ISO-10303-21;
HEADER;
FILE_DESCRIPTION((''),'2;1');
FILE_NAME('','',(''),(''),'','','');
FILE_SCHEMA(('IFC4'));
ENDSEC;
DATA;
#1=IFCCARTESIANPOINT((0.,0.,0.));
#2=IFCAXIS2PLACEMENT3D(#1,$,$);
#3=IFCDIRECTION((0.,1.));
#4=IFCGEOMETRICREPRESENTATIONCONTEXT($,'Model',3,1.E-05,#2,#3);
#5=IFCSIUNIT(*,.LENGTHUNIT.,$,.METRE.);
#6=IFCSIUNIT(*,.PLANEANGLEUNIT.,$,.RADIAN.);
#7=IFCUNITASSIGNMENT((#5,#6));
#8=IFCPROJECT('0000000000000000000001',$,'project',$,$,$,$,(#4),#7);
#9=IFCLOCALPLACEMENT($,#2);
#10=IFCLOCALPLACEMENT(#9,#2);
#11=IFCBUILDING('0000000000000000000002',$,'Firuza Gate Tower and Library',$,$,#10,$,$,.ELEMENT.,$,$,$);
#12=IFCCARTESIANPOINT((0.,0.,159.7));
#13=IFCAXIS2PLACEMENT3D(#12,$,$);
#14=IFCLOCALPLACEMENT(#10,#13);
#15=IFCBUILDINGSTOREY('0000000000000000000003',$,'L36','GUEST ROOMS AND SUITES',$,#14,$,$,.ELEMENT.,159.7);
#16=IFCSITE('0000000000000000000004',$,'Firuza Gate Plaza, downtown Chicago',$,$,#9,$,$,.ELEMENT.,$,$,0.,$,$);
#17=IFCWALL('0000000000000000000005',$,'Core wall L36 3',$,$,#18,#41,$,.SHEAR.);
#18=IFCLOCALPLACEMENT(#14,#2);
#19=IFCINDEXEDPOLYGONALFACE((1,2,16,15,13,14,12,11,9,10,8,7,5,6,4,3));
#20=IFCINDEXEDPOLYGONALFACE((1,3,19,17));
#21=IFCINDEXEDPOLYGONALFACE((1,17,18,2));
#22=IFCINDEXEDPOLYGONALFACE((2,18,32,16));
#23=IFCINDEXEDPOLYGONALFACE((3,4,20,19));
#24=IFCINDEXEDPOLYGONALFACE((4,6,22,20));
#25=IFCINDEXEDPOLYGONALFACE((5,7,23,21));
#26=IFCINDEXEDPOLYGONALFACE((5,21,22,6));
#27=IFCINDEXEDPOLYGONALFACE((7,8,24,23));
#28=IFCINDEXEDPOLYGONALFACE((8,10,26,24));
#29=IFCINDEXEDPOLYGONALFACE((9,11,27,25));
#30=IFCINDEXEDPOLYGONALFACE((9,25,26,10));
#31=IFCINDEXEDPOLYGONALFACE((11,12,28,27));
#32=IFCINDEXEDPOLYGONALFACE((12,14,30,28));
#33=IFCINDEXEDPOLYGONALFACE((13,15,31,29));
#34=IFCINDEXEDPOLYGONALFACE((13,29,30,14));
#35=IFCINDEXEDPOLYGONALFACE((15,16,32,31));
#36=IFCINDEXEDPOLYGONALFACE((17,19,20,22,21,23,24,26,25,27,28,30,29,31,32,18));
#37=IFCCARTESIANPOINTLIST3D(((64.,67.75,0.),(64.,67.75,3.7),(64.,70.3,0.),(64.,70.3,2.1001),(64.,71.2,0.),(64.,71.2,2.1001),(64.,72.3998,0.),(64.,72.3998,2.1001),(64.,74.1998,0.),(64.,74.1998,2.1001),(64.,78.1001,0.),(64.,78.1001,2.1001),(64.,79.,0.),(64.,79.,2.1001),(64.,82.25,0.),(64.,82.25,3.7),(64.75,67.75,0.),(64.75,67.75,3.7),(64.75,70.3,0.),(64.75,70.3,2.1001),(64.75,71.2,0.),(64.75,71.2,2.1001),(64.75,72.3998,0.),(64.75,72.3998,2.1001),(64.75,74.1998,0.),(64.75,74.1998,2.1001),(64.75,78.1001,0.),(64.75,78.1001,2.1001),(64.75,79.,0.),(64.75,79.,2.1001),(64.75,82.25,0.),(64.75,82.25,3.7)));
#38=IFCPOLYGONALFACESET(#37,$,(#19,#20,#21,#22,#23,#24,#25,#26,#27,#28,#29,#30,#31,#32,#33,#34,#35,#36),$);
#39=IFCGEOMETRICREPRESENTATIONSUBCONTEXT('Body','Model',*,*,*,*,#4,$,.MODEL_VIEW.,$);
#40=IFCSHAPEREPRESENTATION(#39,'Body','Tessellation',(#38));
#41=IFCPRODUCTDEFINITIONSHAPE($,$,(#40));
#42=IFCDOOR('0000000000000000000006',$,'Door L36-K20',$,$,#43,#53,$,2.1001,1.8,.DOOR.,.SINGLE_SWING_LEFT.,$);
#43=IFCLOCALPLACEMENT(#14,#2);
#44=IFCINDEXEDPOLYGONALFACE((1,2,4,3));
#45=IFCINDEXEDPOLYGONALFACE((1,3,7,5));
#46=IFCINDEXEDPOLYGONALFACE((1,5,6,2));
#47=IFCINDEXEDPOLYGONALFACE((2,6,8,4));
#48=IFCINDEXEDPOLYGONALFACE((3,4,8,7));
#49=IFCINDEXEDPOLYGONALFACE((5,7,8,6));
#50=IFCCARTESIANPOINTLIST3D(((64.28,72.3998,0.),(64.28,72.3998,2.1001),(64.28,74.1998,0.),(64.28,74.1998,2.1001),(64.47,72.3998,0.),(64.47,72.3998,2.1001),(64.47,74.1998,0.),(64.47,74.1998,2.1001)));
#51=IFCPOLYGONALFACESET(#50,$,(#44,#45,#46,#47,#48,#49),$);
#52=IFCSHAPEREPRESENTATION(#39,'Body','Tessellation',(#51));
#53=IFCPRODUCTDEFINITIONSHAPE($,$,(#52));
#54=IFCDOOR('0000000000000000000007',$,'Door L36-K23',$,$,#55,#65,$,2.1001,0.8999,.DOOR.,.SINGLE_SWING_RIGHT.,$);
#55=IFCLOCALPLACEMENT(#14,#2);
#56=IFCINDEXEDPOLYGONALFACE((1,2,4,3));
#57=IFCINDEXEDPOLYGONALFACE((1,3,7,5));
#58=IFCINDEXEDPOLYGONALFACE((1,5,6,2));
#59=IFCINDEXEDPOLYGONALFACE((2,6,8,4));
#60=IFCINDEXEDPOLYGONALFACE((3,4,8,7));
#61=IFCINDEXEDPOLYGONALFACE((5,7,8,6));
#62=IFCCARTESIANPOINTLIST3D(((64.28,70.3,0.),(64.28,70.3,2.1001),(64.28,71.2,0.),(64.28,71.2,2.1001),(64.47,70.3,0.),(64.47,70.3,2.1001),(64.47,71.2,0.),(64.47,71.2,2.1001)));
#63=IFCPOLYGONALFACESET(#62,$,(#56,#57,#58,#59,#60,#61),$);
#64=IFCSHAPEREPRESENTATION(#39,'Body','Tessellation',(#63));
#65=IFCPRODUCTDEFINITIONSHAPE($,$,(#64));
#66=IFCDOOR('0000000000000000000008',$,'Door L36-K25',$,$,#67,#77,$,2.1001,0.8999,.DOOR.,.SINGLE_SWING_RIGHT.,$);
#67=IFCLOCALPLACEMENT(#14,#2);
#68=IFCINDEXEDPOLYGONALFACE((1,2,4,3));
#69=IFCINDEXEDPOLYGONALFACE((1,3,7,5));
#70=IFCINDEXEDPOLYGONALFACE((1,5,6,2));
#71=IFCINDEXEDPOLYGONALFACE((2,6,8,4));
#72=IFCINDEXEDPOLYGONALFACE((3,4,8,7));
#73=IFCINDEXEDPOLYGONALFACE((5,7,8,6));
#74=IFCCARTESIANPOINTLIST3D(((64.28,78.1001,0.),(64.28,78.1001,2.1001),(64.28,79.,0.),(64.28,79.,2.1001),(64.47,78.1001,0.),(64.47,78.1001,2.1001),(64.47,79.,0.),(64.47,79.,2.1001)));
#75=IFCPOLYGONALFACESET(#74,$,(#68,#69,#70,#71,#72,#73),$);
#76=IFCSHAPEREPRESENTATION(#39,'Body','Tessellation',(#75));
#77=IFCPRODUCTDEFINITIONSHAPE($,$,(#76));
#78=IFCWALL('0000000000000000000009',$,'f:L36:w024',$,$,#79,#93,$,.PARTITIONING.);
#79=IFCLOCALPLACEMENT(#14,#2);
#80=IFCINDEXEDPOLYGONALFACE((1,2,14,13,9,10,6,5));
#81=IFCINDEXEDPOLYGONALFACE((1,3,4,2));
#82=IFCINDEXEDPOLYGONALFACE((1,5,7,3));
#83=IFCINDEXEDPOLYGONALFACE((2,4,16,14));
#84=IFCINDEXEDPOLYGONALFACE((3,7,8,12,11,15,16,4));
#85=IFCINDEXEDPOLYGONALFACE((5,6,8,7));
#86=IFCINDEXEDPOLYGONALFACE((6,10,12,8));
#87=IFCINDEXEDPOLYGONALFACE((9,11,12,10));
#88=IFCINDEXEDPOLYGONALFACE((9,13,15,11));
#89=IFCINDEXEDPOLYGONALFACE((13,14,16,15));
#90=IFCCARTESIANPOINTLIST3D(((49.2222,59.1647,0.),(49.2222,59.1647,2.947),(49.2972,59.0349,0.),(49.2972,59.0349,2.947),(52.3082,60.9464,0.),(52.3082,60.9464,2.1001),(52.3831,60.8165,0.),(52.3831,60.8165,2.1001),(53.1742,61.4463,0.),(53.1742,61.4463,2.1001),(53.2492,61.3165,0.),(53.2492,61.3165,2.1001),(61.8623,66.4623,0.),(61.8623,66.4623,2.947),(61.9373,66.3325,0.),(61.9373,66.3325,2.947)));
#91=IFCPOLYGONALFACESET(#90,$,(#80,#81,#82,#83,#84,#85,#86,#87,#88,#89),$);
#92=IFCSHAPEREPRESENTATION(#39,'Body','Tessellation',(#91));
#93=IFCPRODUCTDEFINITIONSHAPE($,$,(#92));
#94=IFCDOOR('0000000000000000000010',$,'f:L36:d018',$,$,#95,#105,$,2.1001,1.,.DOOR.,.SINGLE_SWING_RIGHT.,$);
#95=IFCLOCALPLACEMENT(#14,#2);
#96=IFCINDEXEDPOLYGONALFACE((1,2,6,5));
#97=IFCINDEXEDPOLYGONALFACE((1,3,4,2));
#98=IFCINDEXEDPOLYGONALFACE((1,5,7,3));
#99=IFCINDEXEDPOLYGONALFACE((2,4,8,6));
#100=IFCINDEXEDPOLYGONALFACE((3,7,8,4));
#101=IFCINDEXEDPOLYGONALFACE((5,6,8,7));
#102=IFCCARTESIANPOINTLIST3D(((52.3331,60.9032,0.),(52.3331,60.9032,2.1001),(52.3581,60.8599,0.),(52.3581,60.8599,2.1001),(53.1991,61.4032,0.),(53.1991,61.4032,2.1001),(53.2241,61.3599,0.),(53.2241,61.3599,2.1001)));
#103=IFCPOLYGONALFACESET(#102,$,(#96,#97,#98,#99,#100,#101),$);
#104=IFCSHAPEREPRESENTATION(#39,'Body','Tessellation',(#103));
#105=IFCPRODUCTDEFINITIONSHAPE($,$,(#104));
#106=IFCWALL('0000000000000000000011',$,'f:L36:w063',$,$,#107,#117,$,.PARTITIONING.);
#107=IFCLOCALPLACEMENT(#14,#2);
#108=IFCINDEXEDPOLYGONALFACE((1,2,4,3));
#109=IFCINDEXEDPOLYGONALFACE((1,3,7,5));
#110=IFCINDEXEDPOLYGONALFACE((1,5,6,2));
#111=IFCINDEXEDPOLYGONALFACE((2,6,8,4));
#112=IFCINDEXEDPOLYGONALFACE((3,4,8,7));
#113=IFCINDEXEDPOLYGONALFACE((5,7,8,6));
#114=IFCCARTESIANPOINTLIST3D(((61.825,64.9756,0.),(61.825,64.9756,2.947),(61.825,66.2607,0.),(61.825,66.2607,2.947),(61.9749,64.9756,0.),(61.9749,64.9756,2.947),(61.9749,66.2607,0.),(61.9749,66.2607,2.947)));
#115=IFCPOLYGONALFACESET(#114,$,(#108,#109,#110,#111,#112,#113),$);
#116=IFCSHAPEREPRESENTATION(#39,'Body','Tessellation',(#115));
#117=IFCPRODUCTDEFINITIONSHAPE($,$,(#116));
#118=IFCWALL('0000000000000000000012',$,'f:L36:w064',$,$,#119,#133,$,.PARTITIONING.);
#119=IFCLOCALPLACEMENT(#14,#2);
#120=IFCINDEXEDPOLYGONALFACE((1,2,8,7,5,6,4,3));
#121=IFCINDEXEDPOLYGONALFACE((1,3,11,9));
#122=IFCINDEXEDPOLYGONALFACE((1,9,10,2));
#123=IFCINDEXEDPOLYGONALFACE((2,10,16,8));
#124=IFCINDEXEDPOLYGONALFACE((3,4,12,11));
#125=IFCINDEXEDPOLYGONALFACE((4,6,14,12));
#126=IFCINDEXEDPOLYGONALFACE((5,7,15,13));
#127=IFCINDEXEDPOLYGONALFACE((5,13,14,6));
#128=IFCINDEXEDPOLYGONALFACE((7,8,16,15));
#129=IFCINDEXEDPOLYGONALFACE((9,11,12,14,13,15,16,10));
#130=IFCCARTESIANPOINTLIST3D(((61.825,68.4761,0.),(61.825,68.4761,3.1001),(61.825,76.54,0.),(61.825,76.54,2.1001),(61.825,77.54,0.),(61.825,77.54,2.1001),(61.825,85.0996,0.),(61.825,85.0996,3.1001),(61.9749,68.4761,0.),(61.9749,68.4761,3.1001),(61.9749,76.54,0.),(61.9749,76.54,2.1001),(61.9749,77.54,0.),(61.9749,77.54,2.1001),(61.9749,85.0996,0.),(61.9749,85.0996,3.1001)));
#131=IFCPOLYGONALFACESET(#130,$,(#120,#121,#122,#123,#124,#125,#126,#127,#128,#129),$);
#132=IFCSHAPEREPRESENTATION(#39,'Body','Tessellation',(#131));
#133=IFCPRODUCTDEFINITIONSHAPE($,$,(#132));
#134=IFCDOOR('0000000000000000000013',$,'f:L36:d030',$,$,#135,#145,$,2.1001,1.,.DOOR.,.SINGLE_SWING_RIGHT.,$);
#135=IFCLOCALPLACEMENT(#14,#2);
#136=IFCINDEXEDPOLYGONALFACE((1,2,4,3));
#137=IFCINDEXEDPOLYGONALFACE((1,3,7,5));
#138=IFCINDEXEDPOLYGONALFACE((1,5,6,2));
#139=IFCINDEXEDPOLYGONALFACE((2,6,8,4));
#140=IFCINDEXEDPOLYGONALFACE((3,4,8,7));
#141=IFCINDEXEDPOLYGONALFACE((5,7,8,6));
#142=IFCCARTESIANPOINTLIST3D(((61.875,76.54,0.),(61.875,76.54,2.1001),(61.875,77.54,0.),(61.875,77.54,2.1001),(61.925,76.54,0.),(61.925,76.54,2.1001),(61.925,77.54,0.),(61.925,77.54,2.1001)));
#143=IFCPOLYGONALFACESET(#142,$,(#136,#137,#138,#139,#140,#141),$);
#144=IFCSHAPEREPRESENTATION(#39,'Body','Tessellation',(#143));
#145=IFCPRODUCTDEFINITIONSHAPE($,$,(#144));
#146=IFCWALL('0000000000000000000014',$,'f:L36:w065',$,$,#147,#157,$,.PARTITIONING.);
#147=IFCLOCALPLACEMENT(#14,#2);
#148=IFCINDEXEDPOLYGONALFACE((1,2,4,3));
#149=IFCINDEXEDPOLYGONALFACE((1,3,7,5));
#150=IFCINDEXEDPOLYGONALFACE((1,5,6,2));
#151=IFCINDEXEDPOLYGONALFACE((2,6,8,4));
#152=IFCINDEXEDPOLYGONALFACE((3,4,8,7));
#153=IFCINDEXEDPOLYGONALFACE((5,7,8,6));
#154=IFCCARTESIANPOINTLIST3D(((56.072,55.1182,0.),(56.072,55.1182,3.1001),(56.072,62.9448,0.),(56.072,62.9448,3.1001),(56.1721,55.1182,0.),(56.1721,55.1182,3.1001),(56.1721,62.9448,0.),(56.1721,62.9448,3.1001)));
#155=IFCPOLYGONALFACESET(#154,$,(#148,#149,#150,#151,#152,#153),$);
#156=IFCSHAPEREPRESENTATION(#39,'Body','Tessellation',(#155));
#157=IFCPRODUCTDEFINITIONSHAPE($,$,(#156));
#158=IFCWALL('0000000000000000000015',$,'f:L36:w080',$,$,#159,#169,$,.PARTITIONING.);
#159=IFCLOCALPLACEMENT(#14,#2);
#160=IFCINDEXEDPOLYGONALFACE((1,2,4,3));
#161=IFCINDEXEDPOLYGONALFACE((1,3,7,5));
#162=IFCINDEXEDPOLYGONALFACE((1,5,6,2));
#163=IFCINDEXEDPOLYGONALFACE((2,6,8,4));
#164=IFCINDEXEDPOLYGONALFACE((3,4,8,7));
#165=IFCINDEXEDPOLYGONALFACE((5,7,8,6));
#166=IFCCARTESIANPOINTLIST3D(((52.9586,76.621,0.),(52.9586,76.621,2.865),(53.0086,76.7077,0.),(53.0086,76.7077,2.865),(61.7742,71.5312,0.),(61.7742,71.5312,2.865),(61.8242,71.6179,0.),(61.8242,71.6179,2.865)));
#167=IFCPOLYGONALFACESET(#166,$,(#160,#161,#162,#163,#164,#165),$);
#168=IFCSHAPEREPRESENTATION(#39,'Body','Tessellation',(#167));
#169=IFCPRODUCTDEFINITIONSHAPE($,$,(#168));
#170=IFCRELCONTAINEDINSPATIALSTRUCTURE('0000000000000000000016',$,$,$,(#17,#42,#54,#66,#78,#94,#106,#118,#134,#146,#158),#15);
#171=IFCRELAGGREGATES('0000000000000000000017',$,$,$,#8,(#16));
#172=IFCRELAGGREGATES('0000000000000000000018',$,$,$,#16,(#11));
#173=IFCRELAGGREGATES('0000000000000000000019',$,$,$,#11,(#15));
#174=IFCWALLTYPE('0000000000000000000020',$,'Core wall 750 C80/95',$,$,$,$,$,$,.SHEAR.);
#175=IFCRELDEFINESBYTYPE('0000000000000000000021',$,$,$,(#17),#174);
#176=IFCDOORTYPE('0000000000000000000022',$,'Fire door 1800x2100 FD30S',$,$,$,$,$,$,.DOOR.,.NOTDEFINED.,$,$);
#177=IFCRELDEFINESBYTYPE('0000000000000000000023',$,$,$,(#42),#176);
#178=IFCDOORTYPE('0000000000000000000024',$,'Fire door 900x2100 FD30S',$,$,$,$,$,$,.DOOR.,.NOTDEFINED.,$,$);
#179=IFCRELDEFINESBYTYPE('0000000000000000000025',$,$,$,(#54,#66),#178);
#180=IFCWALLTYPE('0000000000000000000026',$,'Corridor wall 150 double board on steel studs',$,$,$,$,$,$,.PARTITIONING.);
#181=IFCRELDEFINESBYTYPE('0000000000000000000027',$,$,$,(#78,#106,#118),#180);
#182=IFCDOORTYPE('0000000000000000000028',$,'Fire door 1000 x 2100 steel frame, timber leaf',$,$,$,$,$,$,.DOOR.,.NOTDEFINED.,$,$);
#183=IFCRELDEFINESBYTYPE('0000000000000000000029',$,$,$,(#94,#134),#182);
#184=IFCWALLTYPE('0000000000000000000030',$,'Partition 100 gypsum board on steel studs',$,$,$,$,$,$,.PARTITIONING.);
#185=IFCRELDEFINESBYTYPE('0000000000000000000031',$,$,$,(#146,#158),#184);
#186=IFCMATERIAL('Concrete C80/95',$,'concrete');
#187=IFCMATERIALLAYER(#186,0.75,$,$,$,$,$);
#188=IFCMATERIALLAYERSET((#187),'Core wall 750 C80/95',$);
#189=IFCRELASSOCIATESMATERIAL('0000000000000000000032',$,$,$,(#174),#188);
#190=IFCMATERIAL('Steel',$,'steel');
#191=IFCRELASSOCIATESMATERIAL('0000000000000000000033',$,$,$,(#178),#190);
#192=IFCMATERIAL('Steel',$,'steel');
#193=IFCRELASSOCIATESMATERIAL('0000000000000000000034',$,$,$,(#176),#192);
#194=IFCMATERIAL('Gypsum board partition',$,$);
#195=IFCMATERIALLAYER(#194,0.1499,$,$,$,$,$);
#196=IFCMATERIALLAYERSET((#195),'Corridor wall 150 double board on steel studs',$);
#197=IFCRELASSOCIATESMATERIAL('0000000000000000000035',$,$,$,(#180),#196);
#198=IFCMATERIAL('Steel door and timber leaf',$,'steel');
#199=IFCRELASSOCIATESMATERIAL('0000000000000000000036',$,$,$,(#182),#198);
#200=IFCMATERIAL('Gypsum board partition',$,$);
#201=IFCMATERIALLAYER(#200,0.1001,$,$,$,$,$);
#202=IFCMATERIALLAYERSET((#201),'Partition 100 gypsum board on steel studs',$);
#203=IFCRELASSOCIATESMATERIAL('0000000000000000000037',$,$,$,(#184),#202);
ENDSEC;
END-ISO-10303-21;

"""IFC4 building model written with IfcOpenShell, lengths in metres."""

from ifc_helpers import new_model, si_unit, direction, frame, frame_2d, origin, place, context, subcontext, project, spatial, rectangle, extrude, material, layer, layer_set, type_object, element, fill, save


model = new_model("IFC4")

# Units and contexts
model_context = context("Model", 3, precision=1e-05, world=origin(), true_north=direction((0.0, 1.0)))
body_context = subcontext(model_context, "Body", "Model", "MODEL_VIEW")
ifc_project = project(units=[si_unit("LENGTHUNIT", "METRE"), si_unit("PLANEANGLEUNIT", "RADIAN")], contexts=[model_context])

# Site, building, storey
site_placement = place(None, origin())
site = spatial("IfcSite", under=ifc_project, at=site_placement, Name="Firuza Gate Plaza, downtown Chicago", CompositionType="ELEMENT", RefElevation=0.0)
building_placement = place(site_placement, origin())
building = spatial("IfcBuilding", under=site, at=building_placement, Name="Firuza Gate Tower and Library", CompositionType="ELEMENT")
storey_placement = place(building_placement, frame((0.0, 0.0, 159.7)))
storey = spatial("IfcBuildingStorey", under=building, at=storey_placement, Name="L36", Description="GUEST ROOMS AND SUITES", CompositionType="ELEMENT", Elevation=159.7)

# Wall, openings, doors
ifc_material_1 = material(Name="Concrete C80/95", Category="concrete")
ifc_layer_1 = layer(ifc_material_1, 0.75)
ifc_layer_set_1 = layer_set([ifc_layer_1], Name="Core wall 750 C80/95")
wall_type_1 = type_object("IfcWallType", Name="Core wall 750 C80/95", PredefinedType="SHEAR", material=ifc_layer_set_1)
ifc_material_2 = material(Name="Steel", Category="steel")
door_type_1 = type_object("IfcDoorType", Name="Fire door 900x2100 FD30S", OperationType="NOTDEFINED", PredefinedType="DOOR", material=ifc_material_2)
wall_1_placement = place(storey_placement, frame((64.375, 67.75, 0.0), z_axis=(0.0, 0.0, 1.0), x_axis=(0.0, 1.0, 0.0)))
wall_1 = element("IfcWall", 1, at=wall_1_placement, inside=storey, type_object=wall_type_1, Name="Core wall L36 3", PredefinedType="SHEAR", context=body_context, shape_type="SweptSolid", body=[
    extrude(rectangle(XDim=14.5, YDim=0.75, at=frame_2d((7.25, 0.0))), origin(), (0.0, 0.0, 1.0), 3.7),
])
opening_1_placement = place(wall_1_placement, frame((4.6499, 0.0, 0.0)))
opening_1 = element("IfcOpeningElement", 2, at=opening_1_placement, cuts=wall_1, PredefinedType="OPENING", context=body_context, shape_type="SweptSolid", body=[
    extrude(rectangle(XDim=1.8, YDim=2.1001, at=frame_2d((0.8999, 1.05))), frame((0.0, 0.385, 0.0), z_axis=(0.0, -1.0, 0.0), x_axis=(1.0, 0.0, 0.0)), (0.0, 0.0, 1.0), 0.77),
])
opening_2_placement = place(wall_1_placement, frame((2.55, 0.0, 0.0)))
opening_2 = element("IfcOpeningElement", 3, at=opening_2_placement, cuts=wall_1, PredefinedType="OPENING", context=body_context, shape_type="SweptSolid", body=[
    extrude(rectangle(XDim=0.8999, YDim=2.1001, at=frame_2d((0.45, 1.05))), frame((0.0, 0.385, 0.0), z_axis=(0.0, -1.0, 0.0), x_axis=(1.0, 0.0, 0.0)), (0.0, 0.0, 1.0), 0.77),
])
opening_3_placement = place(wall_1_placement, frame((10.3501, 0.0, 0.0)))
opening_3 = element("IfcOpeningElement", 4, at=opening_3_placement, cuts=wall_1, PredefinedType="OPENING", context=body_context, shape_type="SweptSolid", body=[
    extrude(rectangle(XDim=0.8999, YDim=2.1001, at=frame_2d((0.45, 1.05))), frame((0.0, 0.385, 0.0), z_axis=(0.0, -1.0, 0.0), x_axis=(1.0, 0.0, 0.0)), (0.0, 0.0, 1.0), 0.77),
])
ifc_material_3 = material(Name="Steel", Category="steel")
door_type_2 = type_object("IfcDoorType", Name="Fire door 1800x2100 FD30S", OperationType="NOTDEFINED", PredefinedType="DOOR", material=ifc_material_3)
door_1_placement = place(opening_1_placement, origin())
door_1 = element("IfcDoor", 5, at=door_1_placement, inside=storey, type_object=door_type_2, Name="Door L36-K20", OperationType="SINGLE_SWING_LEFT", OverallHeight=2.1001, OverallWidth=1.8, PredefinedType="DOOR", context=body_context, shape_type="SweptSolid", body=[
    extrude(rectangle(XDim=1.8, YDim=2.1001, at=frame_2d((0.8999, 1.05))), frame((0.0, 0.095, 0.0), z_axis=(0.0, -1.0, 0.0), x_axis=(1.0, 0.0, 0.0)), (0.0, 0.0, 1.0), 0.1899),
])
fill(opening_1, door_1)
door_2_placement = place(opening_2_placement, origin())
door_2 = element("IfcDoor", 6, at=door_2_placement, inside=storey, type_object=door_type_1, Name="Door L36-K23", OperationType="SINGLE_SWING_RIGHT", OverallHeight=2.1001, OverallWidth=0.8999, PredefinedType="DOOR", context=body_context, shape_type="SweptSolid", body=[
    extrude(rectangle(XDim=0.8999, YDim=2.1001, at=frame_2d((0.45, 1.05))), frame((0.0, 0.095, 0.0), z_axis=(0.0, -1.0, 0.0), x_axis=(1.0, 0.0, 0.0)), (0.0, 0.0, 1.0), 0.1899),
])
fill(opening_2, door_2)
door_3_placement = place(opening_3_placement, origin())
door_3 = element("IfcDoor", 7, at=door_3_placement, inside=storey, type_object=door_type_1, Name="Door L36-K25", OperationType="SINGLE_SWING_RIGHT", OverallHeight=2.1001, OverallWidth=0.8999, PredefinedType="DOOR", context=body_context, shape_type="SweptSolid", body=[
    extrude(rectangle(XDim=0.8999, YDim=2.1001, at=frame_2d((0.45, 1.05))), frame((0.0, 0.095, 0.0), z_axis=(0.0, -1.0, 0.0), x_axis=(1.0, 0.0, 0.0)), (0.0, 0.0, 1.0), 0.1899),
])
fill(opening_3, door_3)

# Wall, opening, door
ifc_material_4 = material(Name="Gypsum board partition")
ifc_layer_2 = layer(ifc_material_4, 0.1499)
ifc_layer_set_2 = layer_set([ifc_layer_2], Name="Corridor wall 150 double board on steel studs")
wall_type_2 = type_object("IfcWallType", Name="Corridor wall 150 double board on steel studs", PredefinedType="PARTITIONING", material=ifc_layer_set_2)
wall_2_placement = place(storey_placement, frame((61.8999, 66.3975, 0.0), z_axis=(0.0, 0.0, 1.0), x_axis=(-0.866031, -0.499991, 0.0)))
wall_2 = element("IfcWall", 8, at=wall_2_placement, inside=storey, type_object=wall_type_2, Name="f:L36:w024", PredefinedType="PARTITIONING", context=body_context, shape_type="SweptSolid", body=[
    extrude(rectangle(XDim=14.5955, YDim=0.1499, at=frame_2d((7.2979, 0.0))), origin(), (0.0, 0.0, 1.0), 2.947),
])
opening_4_placement = place(wall_2_placement, frame((10.0322, 0.0, 0.0)))
opening_4 = element("IfcOpeningElement", 9, at=opening_4_placement, cuts=wall_2, PredefinedType="OPENING", context=body_context, shape_type="SweptSolid", body=[
    extrude(rectangle(XDim=1.0, YDim=2.1001, at=frame_2d((0.5, 1.05))), frame((0.0, 0.085, 0.0), z_axis=(0.0, -1.0, 0.0), x_axis=(1.0, 0.0, 0.0)), (0.0, 0.0, 1.0), 0.1699),
])
ifc_material_5 = material(Name="Steel door and timber leaf", Category="steel")
door_type_3 = type_object("IfcDoorType", Name="Fire door 1000 x 2100 steel frame, timber leaf", OperationType="NOTDEFINED", PredefinedType="DOOR", material=ifc_material_5)
door_4_placement = place(opening_4_placement, origin())
door_4 = element("IfcDoor", 10, at=door_4_placement, inside=storey, type_object=door_type_3, Name="f:L36:d018", OperationType="SINGLE_SWING_RIGHT", OverallHeight=2.1001, OverallWidth=1.0, PredefinedType="DOOR", context=body_context, shape_type="SweptSolid", body=[
    extrude(rectangle(XDim=1.0, YDim=2.1001, at=frame_2d((0.5, 1.05))), frame((0.0, 0.0249, 0.0), z_axis=(0.0, -1.0, 0.0), x_axis=(1.0, 0.0, 0.0)), (0.0, 0.0, 1.0), 0.05),
])
fill(opening_4, door_4)

# Wall
wall_3_placement = place(storey_placement, frame((61.8999, 64.9756, 0.0), z_axis=(0.0, 0.0, 1.0), x_axis=(0.0, 1.0, 0.0)))
element("IfcWall", 11, at=wall_3_placement, inside=storey, type_object=wall_type_2, Name="f:L36:w063", PredefinedType="PARTITIONING", context=body_context, shape_type="SweptSolid", body=[
    extrude(rectangle(XDim=1.2852, YDim=0.1499, at=frame_2d((0.6426, 0.0))), origin(), (0.0, 0.0, 1.0), 2.947),
])

# Wall, opening, door
wall_4_placement = place(storey_placement, frame((61.8999, 68.4761, 0.0), z_axis=(0.0, 0.0, 1.0), x_axis=(0.0, 1.0, 0.0)))
wall_4 = element("IfcWall", 12, at=wall_4_placement, inside=storey, type_object=wall_type_2, Name="f:L36:w064", PredefinedType="PARTITIONING", context=body_context, shape_type="SweptSolid", body=[
    extrude(rectangle(XDim=16.6235, YDim=0.1499, at=frame_2d((8.3118, 0.0))), origin(), (0.0, 0.0, 1.0), 3.1001),
])
opening_5_placement = place(wall_4_placement, frame((8.064, 0.0, 0.0)))
opening_5 = element("IfcOpeningElement", 13, at=opening_5_placement, cuts=wall_4, PredefinedType="OPENING", context=body_context, shape_type="SweptSolid", body=[
    extrude(rectangle(XDim=1.0, YDim=2.1001, at=frame_2d((0.5, 1.05))), frame((0.0, 0.085, 0.0), z_axis=(0.0, -1.0, 0.0), x_axis=(1.0, 0.0, 0.0)), (0.0, 0.0, 1.0), 0.1699),
])
door_5_placement = place(opening_5_placement, origin())
door_5 = element("IfcDoor", 14, at=door_5_placement, inside=storey, type_object=door_type_3, Name="f:L36:d030", OperationType="SINGLE_SWING_RIGHT", OverallHeight=2.1001, OverallWidth=1.0, PredefinedType="DOOR", context=body_context, shape_type="SweptSolid", body=[
    extrude(rectangle(XDim=1.0, YDim=2.1001, at=frame_2d((0.5, 1.05))), frame((0.0, 0.0249, 0.0), z_axis=(0.0, -1.0, 0.0), x_axis=(1.0, 0.0, 0.0)), (0.0, 0.0, 1.0), 0.05),
])
fill(opening_5, door_5)

# Walls
ifc_material_6 = material(Name="Gypsum board partition")
ifc_layer_3 = layer(ifc_material_6, 0.1001)
ifc_layer_set_3 = layer_set([ifc_layer_3], Name="Partition 100 gypsum board on steel studs")
wall_type_3 = type_object("IfcWallType", Name="Partition 100 gypsum board on steel studs", PredefinedType="PARTITIONING", material=ifc_layer_set_3)
wall_5_placement = place(storey_placement, frame((56.1221, 55.1182, 0.0), z_axis=(0.0, 0.0, 1.0), x_axis=(0.0, 1.0, 0.0)))
element("IfcWall", 15, at=wall_5_placement, inside=storey, type_object=wall_type_3, Name="f:L36:w065", PredefinedType="PARTITIONING", context=body_context, shape_type="SweptSolid", body=[
    extrude(rectangle(XDim=7.8267, YDim=0.1001, at=frame_2d((3.9133, 0.0))), origin(), (0.0, 0.0, 1.0), 3.1001),
])
wall_6_placement = place(storey_placement, frame((61.7993, 71.5745, 0.0), z_axis=(0.0, 0.0, 1.0), x_axis=(-0.866021, 0.500008, 0.0)))
element("IfcWall", 16, at=wall_6_placement, inside=storey, type_object=wall_type_3, Name="f:L36:w080", PredefinedType="PARTITIONING", context=body_context, shape_type="SweptSolid", body=[
    extrude(rectangle(XDim=10.1794, YDim=0.1001, at=frame_2d((5.0898, 0.0))), origin(), (0.0, 0.0, 1.0), 2.865),
])

save(model, "model.ifc")
